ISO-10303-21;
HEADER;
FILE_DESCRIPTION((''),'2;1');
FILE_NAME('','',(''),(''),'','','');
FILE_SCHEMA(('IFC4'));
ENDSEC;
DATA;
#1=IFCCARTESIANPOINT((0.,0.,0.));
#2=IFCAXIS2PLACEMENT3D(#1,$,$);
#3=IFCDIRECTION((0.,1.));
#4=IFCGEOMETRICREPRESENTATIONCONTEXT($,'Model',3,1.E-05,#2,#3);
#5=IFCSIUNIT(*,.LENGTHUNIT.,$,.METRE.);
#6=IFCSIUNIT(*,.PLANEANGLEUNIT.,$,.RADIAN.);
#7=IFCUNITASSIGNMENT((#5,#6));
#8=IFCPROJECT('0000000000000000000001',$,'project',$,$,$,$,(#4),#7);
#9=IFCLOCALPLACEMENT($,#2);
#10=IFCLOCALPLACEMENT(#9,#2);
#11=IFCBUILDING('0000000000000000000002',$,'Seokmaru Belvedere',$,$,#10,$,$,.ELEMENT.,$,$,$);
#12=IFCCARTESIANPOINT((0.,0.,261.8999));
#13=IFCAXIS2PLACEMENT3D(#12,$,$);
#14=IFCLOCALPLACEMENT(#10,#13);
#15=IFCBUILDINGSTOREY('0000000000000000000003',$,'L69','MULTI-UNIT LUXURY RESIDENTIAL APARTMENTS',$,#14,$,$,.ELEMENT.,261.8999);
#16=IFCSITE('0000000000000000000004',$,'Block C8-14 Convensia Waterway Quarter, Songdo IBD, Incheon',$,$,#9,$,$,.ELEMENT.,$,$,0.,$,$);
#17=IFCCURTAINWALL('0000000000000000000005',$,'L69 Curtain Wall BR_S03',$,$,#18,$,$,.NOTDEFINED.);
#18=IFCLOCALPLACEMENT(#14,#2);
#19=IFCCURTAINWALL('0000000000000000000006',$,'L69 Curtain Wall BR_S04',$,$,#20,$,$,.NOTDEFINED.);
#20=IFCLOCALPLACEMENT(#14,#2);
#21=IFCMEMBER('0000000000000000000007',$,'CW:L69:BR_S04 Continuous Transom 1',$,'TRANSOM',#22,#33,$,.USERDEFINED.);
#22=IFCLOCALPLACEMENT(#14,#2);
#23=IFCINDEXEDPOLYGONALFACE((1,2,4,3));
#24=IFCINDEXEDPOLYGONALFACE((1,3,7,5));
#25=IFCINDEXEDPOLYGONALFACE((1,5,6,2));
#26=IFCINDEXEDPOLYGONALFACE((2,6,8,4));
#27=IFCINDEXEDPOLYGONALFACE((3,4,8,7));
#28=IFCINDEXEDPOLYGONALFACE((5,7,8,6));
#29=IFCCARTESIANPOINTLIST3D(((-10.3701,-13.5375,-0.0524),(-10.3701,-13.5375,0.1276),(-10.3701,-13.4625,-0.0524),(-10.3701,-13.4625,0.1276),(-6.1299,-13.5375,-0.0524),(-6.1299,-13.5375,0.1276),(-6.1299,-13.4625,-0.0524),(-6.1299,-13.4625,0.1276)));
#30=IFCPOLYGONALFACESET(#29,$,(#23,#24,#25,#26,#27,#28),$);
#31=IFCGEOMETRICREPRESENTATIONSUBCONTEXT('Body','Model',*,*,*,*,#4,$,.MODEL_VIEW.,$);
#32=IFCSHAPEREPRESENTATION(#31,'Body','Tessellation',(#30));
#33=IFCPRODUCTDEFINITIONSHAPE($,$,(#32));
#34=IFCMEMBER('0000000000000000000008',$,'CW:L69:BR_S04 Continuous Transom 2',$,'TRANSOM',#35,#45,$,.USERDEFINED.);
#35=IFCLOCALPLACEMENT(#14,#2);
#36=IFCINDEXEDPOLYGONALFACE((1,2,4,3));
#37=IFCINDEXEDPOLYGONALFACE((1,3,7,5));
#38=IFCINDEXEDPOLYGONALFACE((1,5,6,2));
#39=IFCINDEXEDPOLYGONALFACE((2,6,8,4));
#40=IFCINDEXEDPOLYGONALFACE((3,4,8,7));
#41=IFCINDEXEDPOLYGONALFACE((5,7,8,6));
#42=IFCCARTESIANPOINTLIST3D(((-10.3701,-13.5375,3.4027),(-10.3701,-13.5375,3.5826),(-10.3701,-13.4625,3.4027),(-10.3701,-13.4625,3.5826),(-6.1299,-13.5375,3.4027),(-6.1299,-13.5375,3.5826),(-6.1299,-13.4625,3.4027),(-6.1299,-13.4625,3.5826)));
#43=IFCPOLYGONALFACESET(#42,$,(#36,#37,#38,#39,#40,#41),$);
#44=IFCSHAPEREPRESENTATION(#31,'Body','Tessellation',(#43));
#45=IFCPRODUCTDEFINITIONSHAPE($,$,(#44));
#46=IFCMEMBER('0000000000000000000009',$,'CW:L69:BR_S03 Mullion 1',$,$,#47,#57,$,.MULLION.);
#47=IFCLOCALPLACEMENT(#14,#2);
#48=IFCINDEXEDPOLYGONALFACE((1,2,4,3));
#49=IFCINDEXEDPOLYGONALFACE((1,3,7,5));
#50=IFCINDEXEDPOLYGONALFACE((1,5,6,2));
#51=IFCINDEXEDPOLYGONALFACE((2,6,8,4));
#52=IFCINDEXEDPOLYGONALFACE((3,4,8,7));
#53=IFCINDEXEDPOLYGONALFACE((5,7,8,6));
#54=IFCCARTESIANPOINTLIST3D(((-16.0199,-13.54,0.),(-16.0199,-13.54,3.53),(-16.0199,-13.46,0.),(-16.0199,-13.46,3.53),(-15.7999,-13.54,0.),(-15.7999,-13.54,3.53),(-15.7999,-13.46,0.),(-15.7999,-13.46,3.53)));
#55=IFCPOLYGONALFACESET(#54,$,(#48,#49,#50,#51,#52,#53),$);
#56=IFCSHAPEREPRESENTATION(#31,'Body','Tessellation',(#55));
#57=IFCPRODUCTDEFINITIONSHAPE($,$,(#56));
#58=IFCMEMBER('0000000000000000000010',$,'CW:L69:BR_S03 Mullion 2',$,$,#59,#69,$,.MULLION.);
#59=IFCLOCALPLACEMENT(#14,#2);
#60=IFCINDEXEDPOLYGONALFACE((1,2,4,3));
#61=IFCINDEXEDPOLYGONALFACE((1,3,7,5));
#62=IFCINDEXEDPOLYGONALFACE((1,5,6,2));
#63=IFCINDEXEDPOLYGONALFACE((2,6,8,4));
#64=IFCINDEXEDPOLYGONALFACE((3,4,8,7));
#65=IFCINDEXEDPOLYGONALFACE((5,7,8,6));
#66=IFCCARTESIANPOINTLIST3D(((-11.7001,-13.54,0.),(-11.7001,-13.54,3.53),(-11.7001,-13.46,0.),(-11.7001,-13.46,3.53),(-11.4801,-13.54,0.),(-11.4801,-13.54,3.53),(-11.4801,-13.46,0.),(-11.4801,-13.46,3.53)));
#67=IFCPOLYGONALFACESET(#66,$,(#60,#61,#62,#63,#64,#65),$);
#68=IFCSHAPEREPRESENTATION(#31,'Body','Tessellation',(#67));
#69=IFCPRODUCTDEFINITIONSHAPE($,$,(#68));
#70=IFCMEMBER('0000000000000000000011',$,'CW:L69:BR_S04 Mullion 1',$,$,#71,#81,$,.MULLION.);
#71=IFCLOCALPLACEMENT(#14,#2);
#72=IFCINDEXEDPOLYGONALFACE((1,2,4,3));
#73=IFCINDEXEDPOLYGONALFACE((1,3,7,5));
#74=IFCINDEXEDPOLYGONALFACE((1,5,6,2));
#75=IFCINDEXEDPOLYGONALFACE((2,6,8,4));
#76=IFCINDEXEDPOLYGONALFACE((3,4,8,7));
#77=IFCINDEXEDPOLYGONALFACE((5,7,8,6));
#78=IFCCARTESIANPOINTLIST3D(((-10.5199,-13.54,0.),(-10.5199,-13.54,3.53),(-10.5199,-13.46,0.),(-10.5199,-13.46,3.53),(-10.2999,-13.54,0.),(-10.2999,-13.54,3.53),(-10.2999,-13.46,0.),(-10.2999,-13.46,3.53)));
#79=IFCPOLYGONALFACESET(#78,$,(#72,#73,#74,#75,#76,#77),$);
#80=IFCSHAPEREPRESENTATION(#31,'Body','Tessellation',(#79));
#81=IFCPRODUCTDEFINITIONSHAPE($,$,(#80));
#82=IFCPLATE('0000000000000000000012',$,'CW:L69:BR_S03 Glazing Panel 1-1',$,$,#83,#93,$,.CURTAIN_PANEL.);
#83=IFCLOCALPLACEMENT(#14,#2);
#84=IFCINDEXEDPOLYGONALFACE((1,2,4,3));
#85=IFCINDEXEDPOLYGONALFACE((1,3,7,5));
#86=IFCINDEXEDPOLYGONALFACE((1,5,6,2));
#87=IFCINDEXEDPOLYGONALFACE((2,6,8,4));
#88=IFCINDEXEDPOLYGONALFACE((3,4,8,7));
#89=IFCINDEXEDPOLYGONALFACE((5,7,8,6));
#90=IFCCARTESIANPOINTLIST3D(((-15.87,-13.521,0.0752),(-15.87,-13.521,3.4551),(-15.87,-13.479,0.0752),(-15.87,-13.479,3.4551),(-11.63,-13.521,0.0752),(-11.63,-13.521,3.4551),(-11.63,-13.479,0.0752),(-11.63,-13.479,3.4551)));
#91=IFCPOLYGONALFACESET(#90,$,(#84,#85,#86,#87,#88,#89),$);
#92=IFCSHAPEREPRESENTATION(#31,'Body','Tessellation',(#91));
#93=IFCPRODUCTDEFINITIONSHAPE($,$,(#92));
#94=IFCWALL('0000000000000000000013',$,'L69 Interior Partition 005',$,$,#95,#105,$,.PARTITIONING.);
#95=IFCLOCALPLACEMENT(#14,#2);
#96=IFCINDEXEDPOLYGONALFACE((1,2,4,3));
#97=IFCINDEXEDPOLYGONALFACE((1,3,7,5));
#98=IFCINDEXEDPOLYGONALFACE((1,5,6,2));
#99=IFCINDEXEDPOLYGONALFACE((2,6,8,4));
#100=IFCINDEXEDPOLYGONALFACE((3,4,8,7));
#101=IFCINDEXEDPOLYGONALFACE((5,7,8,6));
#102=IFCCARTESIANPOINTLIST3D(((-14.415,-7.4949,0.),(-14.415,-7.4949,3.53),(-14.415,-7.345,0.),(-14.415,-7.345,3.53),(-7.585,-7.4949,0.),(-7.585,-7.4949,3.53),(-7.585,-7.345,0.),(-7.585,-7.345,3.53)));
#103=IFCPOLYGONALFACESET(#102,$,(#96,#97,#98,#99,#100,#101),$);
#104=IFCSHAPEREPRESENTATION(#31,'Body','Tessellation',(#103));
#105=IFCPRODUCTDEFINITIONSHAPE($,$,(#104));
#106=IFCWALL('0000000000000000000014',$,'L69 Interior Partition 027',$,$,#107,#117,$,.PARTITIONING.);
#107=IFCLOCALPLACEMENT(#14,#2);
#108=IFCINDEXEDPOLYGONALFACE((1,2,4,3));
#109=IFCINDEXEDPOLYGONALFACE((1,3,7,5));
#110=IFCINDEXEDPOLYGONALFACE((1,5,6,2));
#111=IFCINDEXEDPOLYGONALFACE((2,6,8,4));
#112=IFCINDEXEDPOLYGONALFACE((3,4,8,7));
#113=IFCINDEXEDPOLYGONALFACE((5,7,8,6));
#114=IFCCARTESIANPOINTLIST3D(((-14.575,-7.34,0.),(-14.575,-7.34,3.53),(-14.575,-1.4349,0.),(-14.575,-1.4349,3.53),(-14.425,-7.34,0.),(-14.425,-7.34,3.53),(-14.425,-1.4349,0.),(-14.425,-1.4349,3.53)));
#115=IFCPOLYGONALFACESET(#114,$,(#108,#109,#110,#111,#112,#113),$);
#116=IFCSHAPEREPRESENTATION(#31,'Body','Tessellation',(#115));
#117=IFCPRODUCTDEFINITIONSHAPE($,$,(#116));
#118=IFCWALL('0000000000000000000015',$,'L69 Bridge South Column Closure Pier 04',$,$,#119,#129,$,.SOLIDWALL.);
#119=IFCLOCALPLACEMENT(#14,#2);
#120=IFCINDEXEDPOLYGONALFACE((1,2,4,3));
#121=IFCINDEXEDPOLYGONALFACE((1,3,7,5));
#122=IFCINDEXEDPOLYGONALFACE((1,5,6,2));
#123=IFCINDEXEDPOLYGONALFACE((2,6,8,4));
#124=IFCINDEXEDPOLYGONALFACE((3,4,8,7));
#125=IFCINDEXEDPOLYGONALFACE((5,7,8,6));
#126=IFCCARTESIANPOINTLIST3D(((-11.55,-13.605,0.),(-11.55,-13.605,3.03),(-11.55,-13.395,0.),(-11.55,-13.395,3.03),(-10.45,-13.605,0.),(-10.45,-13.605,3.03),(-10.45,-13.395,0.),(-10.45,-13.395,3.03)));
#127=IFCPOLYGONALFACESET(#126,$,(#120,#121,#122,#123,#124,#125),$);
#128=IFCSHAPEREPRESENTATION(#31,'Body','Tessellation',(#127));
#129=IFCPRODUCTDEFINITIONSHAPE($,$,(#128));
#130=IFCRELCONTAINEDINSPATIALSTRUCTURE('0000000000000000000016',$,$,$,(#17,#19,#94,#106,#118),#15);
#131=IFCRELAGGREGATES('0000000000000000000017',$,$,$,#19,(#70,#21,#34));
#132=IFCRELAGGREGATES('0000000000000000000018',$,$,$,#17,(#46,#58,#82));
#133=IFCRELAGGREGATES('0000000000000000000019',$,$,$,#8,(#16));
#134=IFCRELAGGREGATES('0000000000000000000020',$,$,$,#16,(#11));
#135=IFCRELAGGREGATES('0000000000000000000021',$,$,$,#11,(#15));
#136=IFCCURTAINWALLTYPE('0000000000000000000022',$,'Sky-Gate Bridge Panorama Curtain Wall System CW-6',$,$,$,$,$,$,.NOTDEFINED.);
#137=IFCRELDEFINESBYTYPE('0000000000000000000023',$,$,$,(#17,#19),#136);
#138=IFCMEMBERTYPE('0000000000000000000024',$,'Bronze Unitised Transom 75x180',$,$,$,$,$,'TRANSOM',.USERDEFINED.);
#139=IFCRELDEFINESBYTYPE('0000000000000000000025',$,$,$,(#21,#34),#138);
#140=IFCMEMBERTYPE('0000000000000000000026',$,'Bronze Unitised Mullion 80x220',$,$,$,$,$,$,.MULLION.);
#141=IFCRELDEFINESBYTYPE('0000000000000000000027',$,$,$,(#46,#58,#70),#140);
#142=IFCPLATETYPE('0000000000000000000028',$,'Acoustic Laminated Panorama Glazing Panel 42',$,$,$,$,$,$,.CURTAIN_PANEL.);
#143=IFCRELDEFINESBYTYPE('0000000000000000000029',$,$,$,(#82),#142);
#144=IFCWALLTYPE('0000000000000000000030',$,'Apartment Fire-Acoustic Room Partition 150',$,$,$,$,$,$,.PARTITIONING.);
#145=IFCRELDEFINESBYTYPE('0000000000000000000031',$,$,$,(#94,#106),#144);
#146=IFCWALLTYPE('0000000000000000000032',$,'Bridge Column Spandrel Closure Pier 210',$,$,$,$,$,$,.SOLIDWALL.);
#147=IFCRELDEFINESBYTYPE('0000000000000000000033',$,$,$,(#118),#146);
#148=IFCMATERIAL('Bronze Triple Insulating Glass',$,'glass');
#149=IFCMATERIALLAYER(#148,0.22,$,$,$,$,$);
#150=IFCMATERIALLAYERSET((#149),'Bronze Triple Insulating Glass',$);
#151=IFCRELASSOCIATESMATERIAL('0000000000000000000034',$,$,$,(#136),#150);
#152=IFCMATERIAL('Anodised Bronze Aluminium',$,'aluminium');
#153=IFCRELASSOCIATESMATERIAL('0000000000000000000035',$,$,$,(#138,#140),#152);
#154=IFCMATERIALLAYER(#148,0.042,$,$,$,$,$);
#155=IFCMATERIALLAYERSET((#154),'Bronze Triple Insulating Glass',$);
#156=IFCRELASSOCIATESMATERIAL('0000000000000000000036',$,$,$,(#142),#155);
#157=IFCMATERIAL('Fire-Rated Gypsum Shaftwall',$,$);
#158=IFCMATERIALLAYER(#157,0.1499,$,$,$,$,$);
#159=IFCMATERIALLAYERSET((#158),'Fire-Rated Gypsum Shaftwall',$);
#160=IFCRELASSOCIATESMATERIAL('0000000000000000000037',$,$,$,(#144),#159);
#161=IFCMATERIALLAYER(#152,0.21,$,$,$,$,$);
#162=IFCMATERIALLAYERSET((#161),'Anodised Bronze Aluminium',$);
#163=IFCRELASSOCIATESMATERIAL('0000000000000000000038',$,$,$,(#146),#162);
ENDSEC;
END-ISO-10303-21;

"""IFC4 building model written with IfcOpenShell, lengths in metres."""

from ifc_helpers import new_model, si_unit, direction, frame, frame_2d, origin, origin_2d, place, context, subcontext, project, spatial, rectangle, extrude, source, transform, mapped, material, layer, layer_set, material_profile, profile_set, type_object, type_shapes, element, aggregate, save


model = new_model("IFC4")

# Units and contexts
model_context = context("Model", 3, precision=1e-05, world=origin(), true_north=direction((0.0, 1.0)))
body_context = subcontext(model_context, "Body", "Model", "MODEL_VIEW")
ifc_project = project(units=[si_unit("LENGTHUNIT", "METRE"), si_unit("PLANEANGLEUNIT", "RADIAN")], contexts=[model_context])

# Site, building, storey
site_placement = place(None, origin())
site = spatial("IfcSite", under=ifc_project, at=site_placement, Name="Block C8-14 Convensia Waterway Quarter, Songdo IBD, Incheon", CompositionType="ELEMENT", RefElevation=0.0)
building_placement = place(site_placement, origin())
building = spatial("IfcBuilding", under=site, at=building_placement, Name="Seokmaru Belvedere", CompositionType="ELEMENT")
storey_placement = place(building_placement, frame((0.0, 0.0, 261.8999)))
storey = spatial("IfcBuildingStorey", under=building, at=storey_placement, Name="L69", Description="MULTI-UNIT LUXURY RESIDENTIAL APARTMENTS", CompositionType="ELEMENT", Elevation=261.8999)

# Curtain walls, members
ifc_material_1 = material(Name="Bronze Triple Insulating Glass", Category="glass")
ifc_layer_1 = layer(ifc_material_1, 0.22)
ifc_layer_set_1 = layer_set([ifc_layer_1], Name="Bronze Triple Insulating Glass")
curtain_wall_type = type_object("IfcCurtainWallType", Name="Sky-Gate Bridge Panorama Curtain Wall System CW-6", PredefinedType="NOTDEFINED", material=ifc_layer_set_1)
curtain_wall_1_placement = place(storey_placement, origin())
curtain_wall_1 = element("IfcCurtainWall", 1, at=curtain_wall_1_placement, inside=storey, type_object=curtain_wall_type, Name="L69 Curtain Wall BR_S03", PredefinedType="NOTDEFINED")
ifc_material_2 = material(Name="Anodised Bronze Aluminium", Category="aluminium")
ifc_material_profile_1 = material_profile(ifc_material_2, rectangle(XDim=0.075, YDim=0.1799, at=origin_2d()), Name="CW-T-75x180")
ifc_profile_set_1 = profile_set([ifc_material_profile_1], Name="Anodised Bronze Aluminium")
member_type_1 = type_object("IfcMemberType", Name="Bronze Unitised Transom 75x180", ElementType="TRANSOM", PredefinedType="USERDEFINED", material=ifc_profile_set_1)
shared_shape_1 = source(origin(), body_context, "Body", "SweptSolid", [
    extrude(rectangle(XDim=0.075, YDim=0.1799, at=origin_2d()), origin(), (0.0, 0.0, 1.0), 4.2402),
])
type_shapes(member_type_1, [shared_shape_1])
curtain_wall_2_placement = place(storey_placement, origin())
curtain_wall_2 = element("IfcCurtainWall", 2, at=curtain_wall_2_placement, inside=storey, type_object=curtain_wall_type, Name="L69 Curtain Wall BR_S04", PredefinedType="NOTDEFINED")
member_1_placement = place(storey_placement, frame((-10.3701, -13.5, 0.0376), z_axis=(1.0, 0.0, 0.0), x_axis=(0.0, 1.0, 0.0)))
member_1 = element("IfcMember", 3, at=member_1_placement, type_object=member_type_1, Name="CW:L69:BR_S04 Continuous Transom 1", ObjectType="TRANSOM", PredefinedType="USERDEFINED", context=body_context, shape_type="MappedRepresentation", body=[
    mapped(shared_shape_1, transform((0.0, 0.0, 0.0), scale=1.0)),
])
member_2_placement = place(storey_placement, frame((-10.3701, -13.5, 3.4927), z_axis=(1.0, 0.0, 0.0), x_axis=(0.0, 1.0, 0.0)))
member_2 = element("IfcMember", 4, at=member_2_placement, type_object=member_type_1, Name="CW:L69:BR_S04 Continuous Transom 2", ObjectType="TRANSOM", PredefinedType="USERDEFINED", context=body_context, shape_type="MappedRepresentation", body=[
    mapped(shared_shape_1, transform((0.0, 0.0, 0.0), scale=1.0)),
])

# Members
ifc_material_profile_2 = material_profile(ifc_material_2, rectangle(XDim=0.0801, YDim=0.22, at=origin_2d()), Name="CW-M-80x220")
ifc_profile_set_2 = profile_set([ifc_material_profile_2], Name="Anodised Bronze Aluminium")
member_type_2 = type_object("IfcMemberType", Name="Bronze Unitised Mullion 80x220", PredefinedType="MULLION", material=ifc_profile_set_2)
shared_shape_2 = source(origin(), body_context, "Body", "SweptSolid", [
    extrude(rectangle(XDim=0.0801, YDim=0.22, at=origin_2d()), origin(), (0.0, 0.0, 1.0), 3.53),
])
type_shapes(member_type_2, [shared_shape_2])
member_3_placement = place(storey_placement, frame((-15.9099, -13.5, 0.0), z_axis=(0.0, 0.0, 1.0), x_axis=(0.0, 1.0, 0.0)))
member_3 = element("IfcMember", 5, at=member_3_placement, type_object=member_type_2, Name="CW:L69:BR_S03 Mullion 1", PredefinedType="MULLION", context=body_context, shape_type="MappedRepresentation", body=[
    mapped(shared_shape_2, transform((0.0, 0.0, 0.0), scale=1.0)),
])
member_4_placement = place(storey_placement, frame((-11.5901, -13.5, 0.0), z_axis=(0.0, 0.0, 1.0), x_axis=(0.0, 1.0, 0.0)))
member_4 = element("IfcMember", 6, at=member_4_placement, type_object=member_type_2, Name="CW:L69:BR_S03 Mullion 2", PredefinedType="MULLION", context=body_context, shape_type="MappedRepresentation", body=[
    mapped(shared_shape_2, transform((0.0, 0.0, 0.0), scale=1.0)),
])
member_5_placement = place(storey_placement, frame((-10.4099, -13.5, 0.0), z_axis=(0.0, 0.0, 1.0), x_axis=(0.0, 1.0, 0.0)))
member_5 = element("IfcMember", 7, at=member_5_placement, type_object=member_type_2, Name="CW:L69:BR_S04 Mullion 1", PredefinedType="MULLION", context=body_context, shape_type="MappedRepresentation", body=[
    mapped(shared_shape_2, transform((0.0, 0.0, 0.0), scale=1.0)),
])
aggregate(curtain_wall_2, [member_5, member_1, member_2])

# Plate
ifc_layer_2 = layer(ifc_material_1, 0.042)
ifc_layer_set_2 = layer_set([ifc_layer_2], Name="Bronze Triple Insulating Glass")
plate_type = type_object("IfcPlateType", Name="Acoustic Laminated Panorama Glazing Panel 42", PredefinedType="CURTAIN_PANEL", material=ifc_layer_set_2)
shared_shape_3 = source(origin(), body_context, "Body", "SweptSolid", [
    extrude(rectangle(XDim=4.24, YDim=0.042, at=origin_2d()), origin(), (0.0, 0.0, 1.0), 3.3799),
])
type_shapes(plate_type, [shared_shape_3])
plate_placement = place(storey_placement, frame((-13.75, -13.5, 0.0752), z_axis=(0.0, 0.0, 1.0), x_axis=(1.0, 0.0, 0.0)))
plate = element("IfcPlate", 8, at=plate_placement, type_object=plate_type, Name="CW:L69:BR_S03 Glazing Panel 1-1", PredefinedType="CURTAIN_PANEL", context=body_context, shape_type="MappedRepresentation", body=[
    mapped(shared_shape_3, transform((0.0, 0.0, 0.0), scale=1.0)),
])
aggregate(curtain_wall_1, [member_3, member_4, plate])

# Walls
ifc_material_3 = material(Name="Fire-Rated Gypsum Shaftwall")
ifc_layer_3 = layer(ifc_material_3, 0.1499)
ifc_layer_set_3 = layer_set([ifc_layer_3], Name="Fire-Rated Gypsum Shaftwall")
wall_type_1 = type_object("IfcWallType", Name="Apartment Fire-Acoustic Room Partition 150", PredefinedType="PARTITIONING", material=ifc_layer_set_3)
wall_1_placement = place(storey_placement, frame((-14.415, -7.4199, 0.0), z_axis=(0.0, 0.0, 1.0), x_axis=(1.0, 0.0, 0.0)))
element("IfcWall", 9, at=wall_1_placement, inside=storey, type_object=wall_type_1, Name="L69 Interior Partition 005", PredefinedType="PARTITIONING", context=body_context, shape_type="SweptSolid", body=[
    extrude(rectangle(XDim=6.8301, YDim=0.1499, at=frame_2d((3.415, 0.0))), origin(), (0.0, 0.0, 1.0), 3.53),
])
wall_2_placement = place(storey_placement, frame((-14.5, -7.3401, 0.0), z_axis=(0.0, 0.0, 1.0), x_axis=(0.0, 1.0, 0.0)))
element("IfcWall", 10, at=wall_2_placement, inside=storey, type_object=wall_type_1, Name="L69 Interior Partition 027", PredefinedType="PARTITIONING", context=body_context, shape_type="SweptSolid", body=[
    extrude(rectangle(XDim=5.905, YDim=0.1499, at=frame_2d((2.9526, 0.0))), origin(), (0.0, 0.0, 1.0), 3.53),
])
ifc_layer_4 = layer(ifc_material_2, 0.21)
ifc_layer_set_4 = layer_set([ifc_layer_4], Name="Anodised Bronze Aluminium")
wall_type_2 = type_object("IfcWallType", Name="Bridge Column Spandrel Closure Pier 210", PredefinedType="SOLIDWALL", material=ifc_layer_set_4)
wall_3_placement = place(storey_placement, frame((-11.55, -13.5, 0.0), z_axis=(0.0, 0.0, 1.0), x_axis=(1.0, 0.0, 0.0)))
element("IfcWall", 11, at=wall_3_placement, inside=storey, type_object=wall_type_2, Name="L69 Bridge South Column Closure Pier 04", PredefinedType="SOLIDWALL", context=body_context, shape_type="SweptSolid", body=[
    extrude(rectangle(XDim=1.1001, YDim=0.21, at=frame_2d((0.55, 0.0))), origin(), (0.0, 0.0, 1.0), 3.03),
])

save(model, "model.ifc")
